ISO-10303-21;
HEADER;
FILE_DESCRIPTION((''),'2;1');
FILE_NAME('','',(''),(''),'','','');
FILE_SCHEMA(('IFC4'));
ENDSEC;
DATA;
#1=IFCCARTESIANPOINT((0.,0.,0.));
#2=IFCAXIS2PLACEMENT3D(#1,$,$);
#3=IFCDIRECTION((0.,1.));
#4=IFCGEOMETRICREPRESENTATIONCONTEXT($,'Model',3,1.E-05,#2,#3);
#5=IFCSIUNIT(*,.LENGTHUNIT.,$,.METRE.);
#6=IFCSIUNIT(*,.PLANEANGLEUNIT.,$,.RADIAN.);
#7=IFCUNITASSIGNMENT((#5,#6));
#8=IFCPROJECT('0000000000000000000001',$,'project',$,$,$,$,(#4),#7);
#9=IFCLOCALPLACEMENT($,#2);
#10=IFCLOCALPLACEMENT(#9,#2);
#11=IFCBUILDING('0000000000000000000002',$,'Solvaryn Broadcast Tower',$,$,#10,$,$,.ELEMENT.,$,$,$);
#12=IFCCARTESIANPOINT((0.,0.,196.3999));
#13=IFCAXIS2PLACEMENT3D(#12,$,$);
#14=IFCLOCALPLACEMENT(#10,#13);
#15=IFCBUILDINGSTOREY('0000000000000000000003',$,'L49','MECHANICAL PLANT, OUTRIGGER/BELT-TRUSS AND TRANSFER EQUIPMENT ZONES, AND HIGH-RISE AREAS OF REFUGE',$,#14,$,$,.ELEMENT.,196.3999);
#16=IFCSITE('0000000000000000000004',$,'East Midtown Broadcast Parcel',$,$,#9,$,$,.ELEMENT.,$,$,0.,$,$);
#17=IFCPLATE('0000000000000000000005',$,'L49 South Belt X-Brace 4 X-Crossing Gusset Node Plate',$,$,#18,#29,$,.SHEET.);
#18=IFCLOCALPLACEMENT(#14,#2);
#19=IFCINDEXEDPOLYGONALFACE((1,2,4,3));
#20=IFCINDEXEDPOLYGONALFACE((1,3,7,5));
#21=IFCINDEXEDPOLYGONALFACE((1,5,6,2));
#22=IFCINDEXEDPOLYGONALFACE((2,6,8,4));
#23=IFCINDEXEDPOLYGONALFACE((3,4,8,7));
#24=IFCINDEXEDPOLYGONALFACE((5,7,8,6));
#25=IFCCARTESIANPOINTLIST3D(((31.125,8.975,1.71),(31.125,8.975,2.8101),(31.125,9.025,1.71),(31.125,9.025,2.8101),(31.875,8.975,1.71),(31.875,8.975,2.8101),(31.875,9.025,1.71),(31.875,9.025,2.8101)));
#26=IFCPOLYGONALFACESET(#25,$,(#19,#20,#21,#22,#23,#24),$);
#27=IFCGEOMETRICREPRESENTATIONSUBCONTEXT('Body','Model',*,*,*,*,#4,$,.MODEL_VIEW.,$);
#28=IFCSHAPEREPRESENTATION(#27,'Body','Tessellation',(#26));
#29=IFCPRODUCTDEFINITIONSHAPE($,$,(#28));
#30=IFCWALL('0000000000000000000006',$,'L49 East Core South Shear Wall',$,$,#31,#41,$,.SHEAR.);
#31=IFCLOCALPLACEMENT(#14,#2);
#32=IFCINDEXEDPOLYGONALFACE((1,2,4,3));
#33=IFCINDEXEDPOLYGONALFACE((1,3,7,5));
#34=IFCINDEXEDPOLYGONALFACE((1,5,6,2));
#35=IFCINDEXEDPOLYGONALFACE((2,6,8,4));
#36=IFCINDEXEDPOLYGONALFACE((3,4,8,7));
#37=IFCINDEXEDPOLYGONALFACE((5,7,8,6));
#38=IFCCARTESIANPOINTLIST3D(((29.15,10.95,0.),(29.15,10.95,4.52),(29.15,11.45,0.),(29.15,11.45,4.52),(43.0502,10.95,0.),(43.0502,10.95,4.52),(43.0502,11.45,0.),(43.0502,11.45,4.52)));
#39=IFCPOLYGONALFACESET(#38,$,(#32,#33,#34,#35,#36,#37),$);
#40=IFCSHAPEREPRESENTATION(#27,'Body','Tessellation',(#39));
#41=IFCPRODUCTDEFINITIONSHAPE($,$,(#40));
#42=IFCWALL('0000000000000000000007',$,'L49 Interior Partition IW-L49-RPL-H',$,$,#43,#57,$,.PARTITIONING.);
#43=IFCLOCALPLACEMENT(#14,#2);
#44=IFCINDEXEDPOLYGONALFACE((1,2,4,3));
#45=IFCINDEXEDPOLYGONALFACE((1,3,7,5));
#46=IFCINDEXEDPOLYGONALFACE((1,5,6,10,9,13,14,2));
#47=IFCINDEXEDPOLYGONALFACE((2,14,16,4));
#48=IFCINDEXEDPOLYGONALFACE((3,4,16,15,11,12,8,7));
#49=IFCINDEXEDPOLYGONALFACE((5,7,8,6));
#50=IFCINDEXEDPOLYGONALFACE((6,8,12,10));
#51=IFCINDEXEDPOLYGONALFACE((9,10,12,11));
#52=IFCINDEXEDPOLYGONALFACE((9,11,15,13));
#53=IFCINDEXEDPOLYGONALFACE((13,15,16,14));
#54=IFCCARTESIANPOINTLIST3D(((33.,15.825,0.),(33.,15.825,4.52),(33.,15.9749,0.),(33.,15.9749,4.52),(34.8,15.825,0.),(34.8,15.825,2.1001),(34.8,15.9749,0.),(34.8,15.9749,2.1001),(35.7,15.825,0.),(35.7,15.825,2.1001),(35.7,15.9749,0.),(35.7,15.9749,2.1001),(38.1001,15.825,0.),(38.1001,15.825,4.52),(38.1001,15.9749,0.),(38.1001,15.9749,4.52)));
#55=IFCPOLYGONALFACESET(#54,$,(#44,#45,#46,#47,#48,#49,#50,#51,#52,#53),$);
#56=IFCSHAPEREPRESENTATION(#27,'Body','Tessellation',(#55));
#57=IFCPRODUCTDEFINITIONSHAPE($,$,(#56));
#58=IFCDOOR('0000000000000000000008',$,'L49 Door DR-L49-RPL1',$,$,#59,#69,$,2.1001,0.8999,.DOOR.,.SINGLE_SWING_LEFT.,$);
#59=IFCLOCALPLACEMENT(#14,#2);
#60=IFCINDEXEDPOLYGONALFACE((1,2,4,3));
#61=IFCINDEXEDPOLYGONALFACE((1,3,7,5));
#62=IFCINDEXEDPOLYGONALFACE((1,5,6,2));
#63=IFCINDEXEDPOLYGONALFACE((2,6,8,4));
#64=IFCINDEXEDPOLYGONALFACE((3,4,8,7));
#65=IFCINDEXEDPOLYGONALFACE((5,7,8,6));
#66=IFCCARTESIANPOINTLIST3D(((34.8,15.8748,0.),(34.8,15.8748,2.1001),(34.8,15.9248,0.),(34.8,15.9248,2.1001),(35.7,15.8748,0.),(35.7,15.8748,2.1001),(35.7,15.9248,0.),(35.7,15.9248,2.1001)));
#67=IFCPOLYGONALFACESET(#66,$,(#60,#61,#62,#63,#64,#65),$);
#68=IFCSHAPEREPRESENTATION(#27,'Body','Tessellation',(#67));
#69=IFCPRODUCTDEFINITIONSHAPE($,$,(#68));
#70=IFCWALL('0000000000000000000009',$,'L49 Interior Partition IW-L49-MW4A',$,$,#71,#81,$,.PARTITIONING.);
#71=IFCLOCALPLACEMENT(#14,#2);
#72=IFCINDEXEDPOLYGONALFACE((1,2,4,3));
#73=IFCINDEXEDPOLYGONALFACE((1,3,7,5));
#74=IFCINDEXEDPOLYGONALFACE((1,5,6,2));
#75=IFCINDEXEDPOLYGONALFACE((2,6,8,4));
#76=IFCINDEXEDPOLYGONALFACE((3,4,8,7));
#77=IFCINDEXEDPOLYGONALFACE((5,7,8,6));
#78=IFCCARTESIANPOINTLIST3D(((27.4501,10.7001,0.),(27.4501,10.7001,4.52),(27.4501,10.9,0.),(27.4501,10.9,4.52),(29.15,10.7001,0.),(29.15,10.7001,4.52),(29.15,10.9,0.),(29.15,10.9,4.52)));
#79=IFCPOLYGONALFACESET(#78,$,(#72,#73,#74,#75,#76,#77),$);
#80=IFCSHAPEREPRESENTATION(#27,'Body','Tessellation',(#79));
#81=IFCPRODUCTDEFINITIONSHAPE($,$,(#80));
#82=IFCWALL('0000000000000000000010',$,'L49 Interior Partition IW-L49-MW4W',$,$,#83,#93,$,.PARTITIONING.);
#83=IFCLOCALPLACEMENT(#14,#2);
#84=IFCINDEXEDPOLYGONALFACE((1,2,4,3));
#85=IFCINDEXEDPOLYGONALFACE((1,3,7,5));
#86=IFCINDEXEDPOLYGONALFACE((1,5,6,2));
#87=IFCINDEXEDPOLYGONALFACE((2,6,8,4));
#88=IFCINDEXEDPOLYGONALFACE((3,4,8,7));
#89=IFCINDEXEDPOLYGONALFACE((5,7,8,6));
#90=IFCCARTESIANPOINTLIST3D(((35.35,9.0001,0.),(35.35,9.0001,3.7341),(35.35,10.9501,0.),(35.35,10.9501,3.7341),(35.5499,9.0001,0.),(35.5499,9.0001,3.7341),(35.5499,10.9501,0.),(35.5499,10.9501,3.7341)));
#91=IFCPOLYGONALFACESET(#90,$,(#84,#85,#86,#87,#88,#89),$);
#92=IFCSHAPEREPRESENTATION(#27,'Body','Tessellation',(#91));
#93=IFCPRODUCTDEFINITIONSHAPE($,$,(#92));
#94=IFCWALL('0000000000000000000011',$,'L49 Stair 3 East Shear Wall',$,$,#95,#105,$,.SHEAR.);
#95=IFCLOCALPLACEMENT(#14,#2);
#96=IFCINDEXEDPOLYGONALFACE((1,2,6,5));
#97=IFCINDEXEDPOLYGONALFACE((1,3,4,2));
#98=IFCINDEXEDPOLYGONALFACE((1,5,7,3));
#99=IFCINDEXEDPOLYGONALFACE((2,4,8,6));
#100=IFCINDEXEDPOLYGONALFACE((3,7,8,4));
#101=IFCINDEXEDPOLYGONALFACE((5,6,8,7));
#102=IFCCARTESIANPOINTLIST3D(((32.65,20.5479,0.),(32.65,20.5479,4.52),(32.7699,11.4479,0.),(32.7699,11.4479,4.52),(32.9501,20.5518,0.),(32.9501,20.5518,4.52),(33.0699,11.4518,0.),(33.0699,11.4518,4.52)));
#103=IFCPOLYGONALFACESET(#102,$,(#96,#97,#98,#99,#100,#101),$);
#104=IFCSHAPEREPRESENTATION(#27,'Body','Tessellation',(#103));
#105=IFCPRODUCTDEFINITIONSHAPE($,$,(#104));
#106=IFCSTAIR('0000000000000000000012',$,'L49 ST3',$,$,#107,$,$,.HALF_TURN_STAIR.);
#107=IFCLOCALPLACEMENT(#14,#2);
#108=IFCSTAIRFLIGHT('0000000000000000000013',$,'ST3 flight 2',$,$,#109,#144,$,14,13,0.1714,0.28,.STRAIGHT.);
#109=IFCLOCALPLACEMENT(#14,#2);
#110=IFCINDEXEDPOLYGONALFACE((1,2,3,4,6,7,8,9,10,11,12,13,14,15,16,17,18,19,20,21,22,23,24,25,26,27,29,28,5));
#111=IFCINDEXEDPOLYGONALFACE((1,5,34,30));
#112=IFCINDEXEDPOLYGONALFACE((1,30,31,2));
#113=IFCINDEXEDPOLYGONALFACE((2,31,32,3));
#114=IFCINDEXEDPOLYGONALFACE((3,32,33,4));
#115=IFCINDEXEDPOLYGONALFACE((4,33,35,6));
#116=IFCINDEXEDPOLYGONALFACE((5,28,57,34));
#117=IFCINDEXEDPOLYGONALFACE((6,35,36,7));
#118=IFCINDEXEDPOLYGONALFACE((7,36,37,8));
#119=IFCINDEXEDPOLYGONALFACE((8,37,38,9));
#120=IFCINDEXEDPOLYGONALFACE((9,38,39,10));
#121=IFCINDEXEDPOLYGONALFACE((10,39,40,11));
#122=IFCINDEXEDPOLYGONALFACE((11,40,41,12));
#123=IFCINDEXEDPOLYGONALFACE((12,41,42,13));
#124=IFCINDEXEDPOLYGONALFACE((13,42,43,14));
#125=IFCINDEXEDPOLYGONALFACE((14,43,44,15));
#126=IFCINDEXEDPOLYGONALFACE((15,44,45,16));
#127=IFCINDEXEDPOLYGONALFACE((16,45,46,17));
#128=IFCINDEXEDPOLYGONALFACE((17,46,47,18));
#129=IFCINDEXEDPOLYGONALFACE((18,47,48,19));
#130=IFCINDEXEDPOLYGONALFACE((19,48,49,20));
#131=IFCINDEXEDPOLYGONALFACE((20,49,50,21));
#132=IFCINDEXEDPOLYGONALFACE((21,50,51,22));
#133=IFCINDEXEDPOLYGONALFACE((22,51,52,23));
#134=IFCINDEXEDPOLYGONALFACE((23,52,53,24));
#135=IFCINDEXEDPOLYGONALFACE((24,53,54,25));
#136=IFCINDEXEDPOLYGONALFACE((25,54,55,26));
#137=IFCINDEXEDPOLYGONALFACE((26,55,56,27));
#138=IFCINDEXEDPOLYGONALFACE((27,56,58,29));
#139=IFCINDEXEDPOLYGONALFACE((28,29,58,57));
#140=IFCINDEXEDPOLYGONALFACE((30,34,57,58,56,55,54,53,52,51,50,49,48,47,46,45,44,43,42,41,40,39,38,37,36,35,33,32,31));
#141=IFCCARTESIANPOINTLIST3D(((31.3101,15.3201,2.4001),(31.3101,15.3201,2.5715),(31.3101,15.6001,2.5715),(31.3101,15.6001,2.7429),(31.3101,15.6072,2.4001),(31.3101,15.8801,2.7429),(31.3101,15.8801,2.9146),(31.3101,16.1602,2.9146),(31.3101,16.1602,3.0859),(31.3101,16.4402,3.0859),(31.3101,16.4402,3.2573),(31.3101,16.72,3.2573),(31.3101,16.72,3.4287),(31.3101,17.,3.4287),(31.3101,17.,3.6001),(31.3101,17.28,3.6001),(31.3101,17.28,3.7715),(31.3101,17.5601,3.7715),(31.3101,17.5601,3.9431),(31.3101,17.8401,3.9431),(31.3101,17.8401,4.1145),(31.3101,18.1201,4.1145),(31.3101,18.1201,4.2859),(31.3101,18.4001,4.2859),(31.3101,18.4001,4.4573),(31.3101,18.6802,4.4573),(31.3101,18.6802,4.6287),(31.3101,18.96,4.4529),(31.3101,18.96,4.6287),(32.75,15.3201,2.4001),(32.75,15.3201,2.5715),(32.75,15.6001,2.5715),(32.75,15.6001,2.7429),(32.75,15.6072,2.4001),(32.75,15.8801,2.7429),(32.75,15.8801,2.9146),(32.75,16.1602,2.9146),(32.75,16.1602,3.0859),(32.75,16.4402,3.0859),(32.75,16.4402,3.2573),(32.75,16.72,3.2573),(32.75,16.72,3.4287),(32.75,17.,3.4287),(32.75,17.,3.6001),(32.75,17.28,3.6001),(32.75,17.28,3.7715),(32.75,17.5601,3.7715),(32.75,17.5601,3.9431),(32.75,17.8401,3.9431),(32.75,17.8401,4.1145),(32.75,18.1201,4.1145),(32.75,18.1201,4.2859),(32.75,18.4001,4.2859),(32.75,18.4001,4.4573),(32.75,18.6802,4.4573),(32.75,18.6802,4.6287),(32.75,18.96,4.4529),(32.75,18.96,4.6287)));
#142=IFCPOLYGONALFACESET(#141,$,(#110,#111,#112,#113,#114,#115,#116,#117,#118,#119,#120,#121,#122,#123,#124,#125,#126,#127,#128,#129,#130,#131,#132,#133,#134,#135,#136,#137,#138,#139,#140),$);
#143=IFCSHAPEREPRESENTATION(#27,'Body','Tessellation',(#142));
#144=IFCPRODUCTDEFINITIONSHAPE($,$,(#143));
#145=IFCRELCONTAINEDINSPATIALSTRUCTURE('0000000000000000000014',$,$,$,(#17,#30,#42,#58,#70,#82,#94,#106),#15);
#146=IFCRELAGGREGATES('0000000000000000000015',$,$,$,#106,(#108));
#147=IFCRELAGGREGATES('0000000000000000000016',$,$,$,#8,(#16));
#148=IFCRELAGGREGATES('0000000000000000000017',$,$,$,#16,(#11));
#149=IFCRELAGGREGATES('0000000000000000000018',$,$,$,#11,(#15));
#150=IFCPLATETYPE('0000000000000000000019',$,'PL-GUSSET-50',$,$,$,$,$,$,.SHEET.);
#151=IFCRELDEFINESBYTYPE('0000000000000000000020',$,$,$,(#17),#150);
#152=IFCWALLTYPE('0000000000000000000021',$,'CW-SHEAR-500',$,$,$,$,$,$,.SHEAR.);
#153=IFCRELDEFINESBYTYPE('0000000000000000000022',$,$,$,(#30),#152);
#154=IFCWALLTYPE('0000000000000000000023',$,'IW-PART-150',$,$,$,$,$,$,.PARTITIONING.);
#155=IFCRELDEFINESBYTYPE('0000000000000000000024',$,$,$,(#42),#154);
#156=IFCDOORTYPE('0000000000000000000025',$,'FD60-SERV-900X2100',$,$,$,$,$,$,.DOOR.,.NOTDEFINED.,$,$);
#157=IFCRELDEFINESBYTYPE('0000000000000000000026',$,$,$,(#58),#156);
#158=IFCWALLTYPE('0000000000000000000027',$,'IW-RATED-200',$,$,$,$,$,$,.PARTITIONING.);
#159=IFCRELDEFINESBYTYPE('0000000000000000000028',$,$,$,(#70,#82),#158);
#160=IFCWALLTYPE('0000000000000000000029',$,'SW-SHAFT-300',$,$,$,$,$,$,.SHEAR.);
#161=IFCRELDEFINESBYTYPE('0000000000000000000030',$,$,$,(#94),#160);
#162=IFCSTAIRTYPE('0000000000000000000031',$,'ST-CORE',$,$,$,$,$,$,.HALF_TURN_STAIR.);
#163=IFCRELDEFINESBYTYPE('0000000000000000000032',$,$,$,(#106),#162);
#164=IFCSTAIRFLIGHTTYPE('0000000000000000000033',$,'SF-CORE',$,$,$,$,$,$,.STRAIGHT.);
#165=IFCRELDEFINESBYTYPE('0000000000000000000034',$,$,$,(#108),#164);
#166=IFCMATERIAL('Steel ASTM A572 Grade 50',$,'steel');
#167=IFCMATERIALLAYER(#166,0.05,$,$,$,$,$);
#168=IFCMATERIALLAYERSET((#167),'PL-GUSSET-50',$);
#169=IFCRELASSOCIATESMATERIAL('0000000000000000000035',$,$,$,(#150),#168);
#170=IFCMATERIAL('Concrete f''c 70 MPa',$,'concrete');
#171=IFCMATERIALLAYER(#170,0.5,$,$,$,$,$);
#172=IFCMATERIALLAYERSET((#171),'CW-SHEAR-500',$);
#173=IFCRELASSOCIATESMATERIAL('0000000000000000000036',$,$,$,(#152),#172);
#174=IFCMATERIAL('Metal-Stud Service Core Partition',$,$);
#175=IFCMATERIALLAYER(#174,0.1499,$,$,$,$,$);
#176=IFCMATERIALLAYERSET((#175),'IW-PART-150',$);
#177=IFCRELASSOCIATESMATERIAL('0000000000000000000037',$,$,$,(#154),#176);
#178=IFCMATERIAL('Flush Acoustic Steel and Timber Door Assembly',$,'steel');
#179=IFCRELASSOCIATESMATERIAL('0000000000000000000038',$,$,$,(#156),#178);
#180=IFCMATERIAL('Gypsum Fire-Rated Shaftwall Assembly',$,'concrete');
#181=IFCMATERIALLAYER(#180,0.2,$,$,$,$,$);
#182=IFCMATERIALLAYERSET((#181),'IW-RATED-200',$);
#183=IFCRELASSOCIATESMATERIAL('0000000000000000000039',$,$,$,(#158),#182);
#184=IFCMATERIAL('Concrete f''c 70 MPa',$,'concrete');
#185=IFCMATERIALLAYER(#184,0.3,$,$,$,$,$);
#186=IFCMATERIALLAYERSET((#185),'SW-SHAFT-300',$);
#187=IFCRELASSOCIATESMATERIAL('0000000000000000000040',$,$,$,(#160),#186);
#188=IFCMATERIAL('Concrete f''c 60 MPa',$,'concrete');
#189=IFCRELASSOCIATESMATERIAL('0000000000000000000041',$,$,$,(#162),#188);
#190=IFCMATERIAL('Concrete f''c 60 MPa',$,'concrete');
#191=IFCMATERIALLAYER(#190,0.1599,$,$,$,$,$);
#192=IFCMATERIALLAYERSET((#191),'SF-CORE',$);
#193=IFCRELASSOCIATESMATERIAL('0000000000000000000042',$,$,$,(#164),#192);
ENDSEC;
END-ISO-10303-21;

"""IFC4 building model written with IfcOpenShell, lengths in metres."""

from ifc_helpers import new_model, si_unit, direction, frame, frame_2d, origin, origin_2d, place, context, subcontext, project, spatial, polyline, rectangle, outline, extrude, material, layer, layer_set, type_object, element, fill, aggregate, save


model = new_model("IFC4")

# Units and contexts
model_context = context("Model", 3, precision=1e-05, world=origin(), true_north=direction((0.0, 1.0)))
body_context = subcontext(model_context, "Body", "Model", "MODEL_VIEW")
ifc_project = project(units=[si_unit("LENGTHUNIT", "METRE"), si_unit("PLANEANGLEUNIT", "RADIAN")], contexts=[model_context])

# Site, building, storey
site_placement = place(None, origin())
site = spatial("IfcSite", under=ifc_project, at=site_placement, Name="East Midtown Broadcast Parcel", CompositionType="ELEMENT", RefElevation=0.0)
building_placement = place(site_placement, origin())
building = spatial("IfcBuilding", under=site, at=building_placement, Name="Solvaryn Broadcast Tower", CompositionType="ELEMENT")
storey_placement = place(building_placement, frame((0.0, 0.0, 196.3999)))
storey = spatial("IfcBuildingStorey", under=building, at=storey_placement, Name="L49", Description="MECHANICAL PLANT, OUTRIGGER/BELT-TRUSS AND TRANSFER EQUIPMENT ZONES, AND HIGH-RISE AREAS OF REFUGE", CompositionType="ELEMENT", Elevation=196.3999)

# Plate
ifc_material_1 = material(Name="Steel ASTM A572 Grade 50", Category="steel")
ifc_layer_1 = layer(ifc_material_1, 0.05)
ifc_layer_set_1 = layer_set([ifc_layer_1], Name="PL-GUSSET-50")
plate_type_1 = type_object("IfcPlateType", Name="PL-GUSSET-50", PredefinedType="SHEET", material=ifc_layer_set_1)
plate_1_placement = place(storey_placement, frame((31.5, 9.0, 1.71), z_axis=(0.0, 0.0, 1.0), x_axis=(1.0, 0.0, 0.0)))
element("IfcPlate", 1, at=plate_1_placement, inside=storey, type_object=plate_type_1, Name="L49 South Belt X-Brace 4 X-Crossing Gusset Node Plate", PredefinedType="SHEET", context=body_context, shape_type="SweptSolid", body=[
    extrude(rectangle(XDim=0.75, YDim=0.05, at=origin_2d()), origin(), (0.0, 0.0, 1.0), 1.1001),
])

# Wall
ifc_material_2 = material(Name="Concrete f'c 70 MPa", Category="concrete")
ifc_layer_2 = layer(ifc_material_2, 0.5)
ifc_layer_set_2 = layer_set([ifc_layer_2], Name="CW-SHEAR-500")
wall_type_1 = type_object("IfcWallType", Name="CW-SHEAR-500", PredefinedType="SHEAR", material=ifc_layer_set_2)
wall_1_placement = place(storey_placement, frame((29.1499, 11.2, 0.0), z_axis=(0.0, 0.0, 1.0), x_axis=(1.0, 0.0, 0.0)))
element("IfcWall", 2, at=wall_1_placement, inside=storey, type_object=wall_type_1, Name="L49 East Core South Shear Wall", PredefinedType="SHEAR", context=body_context, shape_type="SweptSolid", body=[
    extrude(rectangle(XDim=13.9001, YDim=0.5, at=frame_2d((6.9502, 0.0))), origin(), (0.0, 0.0, 1.0), 4.52),
])

# Wall, opening, door
ifc_material_3 = material(Name="Metal-Stud Service Core Partition")
ifc_layer_3 = layer(ifc_material_3, 0.1499)
ifc_layer_set_3 = layer_set([ifc_layer_3], Name="IW-PART-150")
wall_type_2 = type_object("IfcWallType", Name="IW-PART-150", PredefinedType="PARTITIONING", material=ifc_layer_set_3)
wall_2_placement = place(storey_placement, frame((33.0, 15.8999, 0.0), z_axis=(0.0, 0.0, 1.0), x_axis=(1.0, 0.0, 0.0)))
wall_2 = element("IfcWall", 3, at=wall_2_placement, inside=storey, type_object=wall_type_2, Name="L49 Interior Partition IW-L49-RPL-H", PredefinedType="PARTITIONING", context=body_context, shape_type="SweptSolid", body=[
    extrude(rectangle(XDim=5.1001, YDim=0.1499, at=frame_2d((2.55, 0.0))), origin(), (0.0, 0.0, 1.0), 4.52),
])
opening_placement = place(wall_2_placement, frame((1.8, 0.0, 0.0)))
opening = element("IfcOpeningElement", 4, at=opening_placement, cuts=wall_2, PredefinedType="OPENING", context=body_context, shape_type="SweptSolid", body=[
    extrude(rectangle(XDim=0.8999, YDim=2.1001, at=frame_2d((0.45, 1.05))), frame((0.0, 0.085, 0.0), z_axis=(0.0, -1.0, 0.0), x_axis=(1.0, 0.0, 0.0)), (0.0, 0.0, 1.0), 0.1699),
])
ifc_material_4 = material(Name="Flush Acoustic Steel and Timber Door Assembly", Category="steel")
door_type = type_object("IfcDoorType", Name="FD60-SERV-900X2100", OperationType="NOTDEFINED", PredefinedType="DOOR", material=ifc_material_4)
door_placement = place(opening_placement, origin())
door = element("IfcDoor", 5, at=door_placement, inside=storey, type_object=door_type, Name="L49 Door DR-L49-RPL1", OperationType="SINGLE_SWING_LEFT", OverallHeight=2.1001, OverallWidth=0.8999, PredefinedType="DOOR", context=body_context, shape_type="SweptSolid", body=[
    extrude(rectangle(XDim=0.8999, YDim=2.1001, at=frame_2d((0.45, 1.05))), frame((0.0, 0.0249, 0.0), z_axis=(0.0, -1.0, 0.0), x_axis=(1.0, 0.0, 0.0)), (0.0, 0.0, 1.0), 0.05),
])
fill(opening, door)

# Walls
ifc_material_5 = material(Name="Gypsum Fire-Rated Shaftwall Assembly", Category="concrete")
ifc_layer_4 = layer(ifc_material_5, 0.2)
ifc_layer_set_4 = layer_set([ifc_layer_4], Name="IW-RATED-200")
wall_type_3 = type_object("IfcWallType", Name="IW-RATED-200", PredefinedType="PARTITIONING", material=ifc_layer_set_4)
wall_3_placement = place(storey_placement, frame((27.45, 10.8, 0.0), z_axis=(0.0, 0.0, 1.0), x_axis=(1.0, 0.0, 0.0)))
element("IfcWall", 6, at=wall_3_placement, inside=storey, type_object=wall_type_3, Name="L49 Interior Partition IW-L49-MW4A", PredefinedType="PARTITIONING", context=body_context, shape_type="SweptSolid", body=[
    extrude(rectangle(XDim=1.7, YDim=0.2, at=frame_2d((0.8501, 0.0))), origin(), (0.0, 0.0, 1.0), 4.52),
])
wall_4_placement = place(storey_placement, frame((35.45, 9.0, 0.0), z_axis=(0.0, 0.0, 1.0), x_axis=(0.0, 1.0, 0.0)))
element("IfcWall", 7, at=wall_4_placement, inside=storey, type_object=wall_type_3, Name="L49 Interior Partition IW-L49-MW4W", PredefinedType="PARTITIONING", context=body_context, shape_type="SweptSolid", body=[
    extrude(rectangle(XDim=1.95, YDim=0.2, at=frame_2d((0.9751, 0.0))), origin(), (0.0, 0.0, 1.0), 3.7341),
])
ifc_material_6 = material(Name="Concrete f'c 70 MPa", Category="concrete")
ifc_layer_5 = layer(ifc_material_6, 0.3)
ifc_layer_set_5 = layer_set([ifc_layer_5], Name="SW-SHAFT-300")
wall_type_4 = type_object("IfcWallType", Name="SW-SHAFT-300", PredefinedType="SHEAR", material=ifc_layer_set_5)
wall_5_placement = place(storey_placement, frame((32.9199, 11.45, 0.0), z_axis=(0.0, 0.0, 1.0), x_axis=(-0.013172, 0.999913, 0.0)))
element("IfcWall", 8, at=wall_5_placement, inside=storey, type_object=wall_type_4, Name="L49 Stair 3 East Shear Wall", PredefinedType="SHEAR", context=body_context, shape_type="SweptSolid", body=[
    extrude(rectangle(XDim=9.1008, YDim=0.3, at=frame_2d((4.5503, 0.0))), origin(), (0.0, 0.0, 1.0), 4.52),
])

# Stair, stair flight
ifc_material_7 = material(Name="Concrete f'c 60 MPa", Category="concrete")
stair_type = type_object("IfcStairType", Name="ST-CORE", PredefinedType="HALF_TURN_STAIR", material=ifc_material_7)
stair_placement = place(storey_placement, origin())
stair = element("IfcStair", 9, at=stair_placement, inside=storey, type_object=stair_type, Name="L49 ST3", PredefinedType="HALF_TURN_STAIR")
ifc_material_8 = material(Name="Concrete f'c 60 MPa", Category="concrete")
ifc_layer_6 = layer(ifc_material_8, 0.1599)
ifc_layer_set_6 = layer_set([ifc_layer_6], Name="SF-CORE")
stair_flight_type = type_object("IfcStairFlightType", Name="SF-CORE", PredefinedType="STRAIGHT", material=ifc_layer_set_6)
stair_flight_placement = place(storey_placement, frame((32.03, 15.3201, 2.4001), z_axis=(0.0, 0.0, 1.0), x_axis=(0.0, 1.0, 0.0)))
stair_flight = element("IfcStairFlight", 10, at=stair_flight_placement, type_object=stair_flight_type, Name="ST3 flight 2", NumberOfRisers=14, NumberOfTreads=13, PredefinedType="STRAIGHT", RiserHeight=0.1714, TreadLength=0.28, context=body_context, shape_type="SweptSolid", body=[
    extrude(outline(polyline([(0.0, 0.0), (0.0, 0.1714), (0.28, 0.1714), (0.28, 0.3428), (0.5601, 0.3428), (0.5601, 0.5144), (0.8401, 0.5144), (0.8401, 0.6858), (1.1201, 0.6858), (1.1201, 0.8572), (1.3999, 0.8572), (1.3999, 1.0286), (1.6799, 1.0286), (1.6799, 1.2), (1.96, 1.2), (1.96, 1.3713), (2.24, 1.3713), (2.24, 1.543), (2.52, 1.543), (2.52, 1.7144), (2.8, 1.7144), (2.8, 1.8857), (3.0801, 1.8857), (3.0801, 2.0571), (3.3601, 2.0571), (3.3601, 2.2285), (3.6399, 2.2285), (3.6399, 2.3999), (3.6399, 2.0527), (0.2871, 0.0), (0.0, 0.0)])), frame((0.0, 0.72, 0.0), z_axis=(0.0, -1.0, 0.0), x_axis=(1.0, 0.0, 0.0)), (0.0, 0.0, 1.0), 1.4399),
])
aggregate(stair, [stair_flight])

save(model, "model.ifc")
